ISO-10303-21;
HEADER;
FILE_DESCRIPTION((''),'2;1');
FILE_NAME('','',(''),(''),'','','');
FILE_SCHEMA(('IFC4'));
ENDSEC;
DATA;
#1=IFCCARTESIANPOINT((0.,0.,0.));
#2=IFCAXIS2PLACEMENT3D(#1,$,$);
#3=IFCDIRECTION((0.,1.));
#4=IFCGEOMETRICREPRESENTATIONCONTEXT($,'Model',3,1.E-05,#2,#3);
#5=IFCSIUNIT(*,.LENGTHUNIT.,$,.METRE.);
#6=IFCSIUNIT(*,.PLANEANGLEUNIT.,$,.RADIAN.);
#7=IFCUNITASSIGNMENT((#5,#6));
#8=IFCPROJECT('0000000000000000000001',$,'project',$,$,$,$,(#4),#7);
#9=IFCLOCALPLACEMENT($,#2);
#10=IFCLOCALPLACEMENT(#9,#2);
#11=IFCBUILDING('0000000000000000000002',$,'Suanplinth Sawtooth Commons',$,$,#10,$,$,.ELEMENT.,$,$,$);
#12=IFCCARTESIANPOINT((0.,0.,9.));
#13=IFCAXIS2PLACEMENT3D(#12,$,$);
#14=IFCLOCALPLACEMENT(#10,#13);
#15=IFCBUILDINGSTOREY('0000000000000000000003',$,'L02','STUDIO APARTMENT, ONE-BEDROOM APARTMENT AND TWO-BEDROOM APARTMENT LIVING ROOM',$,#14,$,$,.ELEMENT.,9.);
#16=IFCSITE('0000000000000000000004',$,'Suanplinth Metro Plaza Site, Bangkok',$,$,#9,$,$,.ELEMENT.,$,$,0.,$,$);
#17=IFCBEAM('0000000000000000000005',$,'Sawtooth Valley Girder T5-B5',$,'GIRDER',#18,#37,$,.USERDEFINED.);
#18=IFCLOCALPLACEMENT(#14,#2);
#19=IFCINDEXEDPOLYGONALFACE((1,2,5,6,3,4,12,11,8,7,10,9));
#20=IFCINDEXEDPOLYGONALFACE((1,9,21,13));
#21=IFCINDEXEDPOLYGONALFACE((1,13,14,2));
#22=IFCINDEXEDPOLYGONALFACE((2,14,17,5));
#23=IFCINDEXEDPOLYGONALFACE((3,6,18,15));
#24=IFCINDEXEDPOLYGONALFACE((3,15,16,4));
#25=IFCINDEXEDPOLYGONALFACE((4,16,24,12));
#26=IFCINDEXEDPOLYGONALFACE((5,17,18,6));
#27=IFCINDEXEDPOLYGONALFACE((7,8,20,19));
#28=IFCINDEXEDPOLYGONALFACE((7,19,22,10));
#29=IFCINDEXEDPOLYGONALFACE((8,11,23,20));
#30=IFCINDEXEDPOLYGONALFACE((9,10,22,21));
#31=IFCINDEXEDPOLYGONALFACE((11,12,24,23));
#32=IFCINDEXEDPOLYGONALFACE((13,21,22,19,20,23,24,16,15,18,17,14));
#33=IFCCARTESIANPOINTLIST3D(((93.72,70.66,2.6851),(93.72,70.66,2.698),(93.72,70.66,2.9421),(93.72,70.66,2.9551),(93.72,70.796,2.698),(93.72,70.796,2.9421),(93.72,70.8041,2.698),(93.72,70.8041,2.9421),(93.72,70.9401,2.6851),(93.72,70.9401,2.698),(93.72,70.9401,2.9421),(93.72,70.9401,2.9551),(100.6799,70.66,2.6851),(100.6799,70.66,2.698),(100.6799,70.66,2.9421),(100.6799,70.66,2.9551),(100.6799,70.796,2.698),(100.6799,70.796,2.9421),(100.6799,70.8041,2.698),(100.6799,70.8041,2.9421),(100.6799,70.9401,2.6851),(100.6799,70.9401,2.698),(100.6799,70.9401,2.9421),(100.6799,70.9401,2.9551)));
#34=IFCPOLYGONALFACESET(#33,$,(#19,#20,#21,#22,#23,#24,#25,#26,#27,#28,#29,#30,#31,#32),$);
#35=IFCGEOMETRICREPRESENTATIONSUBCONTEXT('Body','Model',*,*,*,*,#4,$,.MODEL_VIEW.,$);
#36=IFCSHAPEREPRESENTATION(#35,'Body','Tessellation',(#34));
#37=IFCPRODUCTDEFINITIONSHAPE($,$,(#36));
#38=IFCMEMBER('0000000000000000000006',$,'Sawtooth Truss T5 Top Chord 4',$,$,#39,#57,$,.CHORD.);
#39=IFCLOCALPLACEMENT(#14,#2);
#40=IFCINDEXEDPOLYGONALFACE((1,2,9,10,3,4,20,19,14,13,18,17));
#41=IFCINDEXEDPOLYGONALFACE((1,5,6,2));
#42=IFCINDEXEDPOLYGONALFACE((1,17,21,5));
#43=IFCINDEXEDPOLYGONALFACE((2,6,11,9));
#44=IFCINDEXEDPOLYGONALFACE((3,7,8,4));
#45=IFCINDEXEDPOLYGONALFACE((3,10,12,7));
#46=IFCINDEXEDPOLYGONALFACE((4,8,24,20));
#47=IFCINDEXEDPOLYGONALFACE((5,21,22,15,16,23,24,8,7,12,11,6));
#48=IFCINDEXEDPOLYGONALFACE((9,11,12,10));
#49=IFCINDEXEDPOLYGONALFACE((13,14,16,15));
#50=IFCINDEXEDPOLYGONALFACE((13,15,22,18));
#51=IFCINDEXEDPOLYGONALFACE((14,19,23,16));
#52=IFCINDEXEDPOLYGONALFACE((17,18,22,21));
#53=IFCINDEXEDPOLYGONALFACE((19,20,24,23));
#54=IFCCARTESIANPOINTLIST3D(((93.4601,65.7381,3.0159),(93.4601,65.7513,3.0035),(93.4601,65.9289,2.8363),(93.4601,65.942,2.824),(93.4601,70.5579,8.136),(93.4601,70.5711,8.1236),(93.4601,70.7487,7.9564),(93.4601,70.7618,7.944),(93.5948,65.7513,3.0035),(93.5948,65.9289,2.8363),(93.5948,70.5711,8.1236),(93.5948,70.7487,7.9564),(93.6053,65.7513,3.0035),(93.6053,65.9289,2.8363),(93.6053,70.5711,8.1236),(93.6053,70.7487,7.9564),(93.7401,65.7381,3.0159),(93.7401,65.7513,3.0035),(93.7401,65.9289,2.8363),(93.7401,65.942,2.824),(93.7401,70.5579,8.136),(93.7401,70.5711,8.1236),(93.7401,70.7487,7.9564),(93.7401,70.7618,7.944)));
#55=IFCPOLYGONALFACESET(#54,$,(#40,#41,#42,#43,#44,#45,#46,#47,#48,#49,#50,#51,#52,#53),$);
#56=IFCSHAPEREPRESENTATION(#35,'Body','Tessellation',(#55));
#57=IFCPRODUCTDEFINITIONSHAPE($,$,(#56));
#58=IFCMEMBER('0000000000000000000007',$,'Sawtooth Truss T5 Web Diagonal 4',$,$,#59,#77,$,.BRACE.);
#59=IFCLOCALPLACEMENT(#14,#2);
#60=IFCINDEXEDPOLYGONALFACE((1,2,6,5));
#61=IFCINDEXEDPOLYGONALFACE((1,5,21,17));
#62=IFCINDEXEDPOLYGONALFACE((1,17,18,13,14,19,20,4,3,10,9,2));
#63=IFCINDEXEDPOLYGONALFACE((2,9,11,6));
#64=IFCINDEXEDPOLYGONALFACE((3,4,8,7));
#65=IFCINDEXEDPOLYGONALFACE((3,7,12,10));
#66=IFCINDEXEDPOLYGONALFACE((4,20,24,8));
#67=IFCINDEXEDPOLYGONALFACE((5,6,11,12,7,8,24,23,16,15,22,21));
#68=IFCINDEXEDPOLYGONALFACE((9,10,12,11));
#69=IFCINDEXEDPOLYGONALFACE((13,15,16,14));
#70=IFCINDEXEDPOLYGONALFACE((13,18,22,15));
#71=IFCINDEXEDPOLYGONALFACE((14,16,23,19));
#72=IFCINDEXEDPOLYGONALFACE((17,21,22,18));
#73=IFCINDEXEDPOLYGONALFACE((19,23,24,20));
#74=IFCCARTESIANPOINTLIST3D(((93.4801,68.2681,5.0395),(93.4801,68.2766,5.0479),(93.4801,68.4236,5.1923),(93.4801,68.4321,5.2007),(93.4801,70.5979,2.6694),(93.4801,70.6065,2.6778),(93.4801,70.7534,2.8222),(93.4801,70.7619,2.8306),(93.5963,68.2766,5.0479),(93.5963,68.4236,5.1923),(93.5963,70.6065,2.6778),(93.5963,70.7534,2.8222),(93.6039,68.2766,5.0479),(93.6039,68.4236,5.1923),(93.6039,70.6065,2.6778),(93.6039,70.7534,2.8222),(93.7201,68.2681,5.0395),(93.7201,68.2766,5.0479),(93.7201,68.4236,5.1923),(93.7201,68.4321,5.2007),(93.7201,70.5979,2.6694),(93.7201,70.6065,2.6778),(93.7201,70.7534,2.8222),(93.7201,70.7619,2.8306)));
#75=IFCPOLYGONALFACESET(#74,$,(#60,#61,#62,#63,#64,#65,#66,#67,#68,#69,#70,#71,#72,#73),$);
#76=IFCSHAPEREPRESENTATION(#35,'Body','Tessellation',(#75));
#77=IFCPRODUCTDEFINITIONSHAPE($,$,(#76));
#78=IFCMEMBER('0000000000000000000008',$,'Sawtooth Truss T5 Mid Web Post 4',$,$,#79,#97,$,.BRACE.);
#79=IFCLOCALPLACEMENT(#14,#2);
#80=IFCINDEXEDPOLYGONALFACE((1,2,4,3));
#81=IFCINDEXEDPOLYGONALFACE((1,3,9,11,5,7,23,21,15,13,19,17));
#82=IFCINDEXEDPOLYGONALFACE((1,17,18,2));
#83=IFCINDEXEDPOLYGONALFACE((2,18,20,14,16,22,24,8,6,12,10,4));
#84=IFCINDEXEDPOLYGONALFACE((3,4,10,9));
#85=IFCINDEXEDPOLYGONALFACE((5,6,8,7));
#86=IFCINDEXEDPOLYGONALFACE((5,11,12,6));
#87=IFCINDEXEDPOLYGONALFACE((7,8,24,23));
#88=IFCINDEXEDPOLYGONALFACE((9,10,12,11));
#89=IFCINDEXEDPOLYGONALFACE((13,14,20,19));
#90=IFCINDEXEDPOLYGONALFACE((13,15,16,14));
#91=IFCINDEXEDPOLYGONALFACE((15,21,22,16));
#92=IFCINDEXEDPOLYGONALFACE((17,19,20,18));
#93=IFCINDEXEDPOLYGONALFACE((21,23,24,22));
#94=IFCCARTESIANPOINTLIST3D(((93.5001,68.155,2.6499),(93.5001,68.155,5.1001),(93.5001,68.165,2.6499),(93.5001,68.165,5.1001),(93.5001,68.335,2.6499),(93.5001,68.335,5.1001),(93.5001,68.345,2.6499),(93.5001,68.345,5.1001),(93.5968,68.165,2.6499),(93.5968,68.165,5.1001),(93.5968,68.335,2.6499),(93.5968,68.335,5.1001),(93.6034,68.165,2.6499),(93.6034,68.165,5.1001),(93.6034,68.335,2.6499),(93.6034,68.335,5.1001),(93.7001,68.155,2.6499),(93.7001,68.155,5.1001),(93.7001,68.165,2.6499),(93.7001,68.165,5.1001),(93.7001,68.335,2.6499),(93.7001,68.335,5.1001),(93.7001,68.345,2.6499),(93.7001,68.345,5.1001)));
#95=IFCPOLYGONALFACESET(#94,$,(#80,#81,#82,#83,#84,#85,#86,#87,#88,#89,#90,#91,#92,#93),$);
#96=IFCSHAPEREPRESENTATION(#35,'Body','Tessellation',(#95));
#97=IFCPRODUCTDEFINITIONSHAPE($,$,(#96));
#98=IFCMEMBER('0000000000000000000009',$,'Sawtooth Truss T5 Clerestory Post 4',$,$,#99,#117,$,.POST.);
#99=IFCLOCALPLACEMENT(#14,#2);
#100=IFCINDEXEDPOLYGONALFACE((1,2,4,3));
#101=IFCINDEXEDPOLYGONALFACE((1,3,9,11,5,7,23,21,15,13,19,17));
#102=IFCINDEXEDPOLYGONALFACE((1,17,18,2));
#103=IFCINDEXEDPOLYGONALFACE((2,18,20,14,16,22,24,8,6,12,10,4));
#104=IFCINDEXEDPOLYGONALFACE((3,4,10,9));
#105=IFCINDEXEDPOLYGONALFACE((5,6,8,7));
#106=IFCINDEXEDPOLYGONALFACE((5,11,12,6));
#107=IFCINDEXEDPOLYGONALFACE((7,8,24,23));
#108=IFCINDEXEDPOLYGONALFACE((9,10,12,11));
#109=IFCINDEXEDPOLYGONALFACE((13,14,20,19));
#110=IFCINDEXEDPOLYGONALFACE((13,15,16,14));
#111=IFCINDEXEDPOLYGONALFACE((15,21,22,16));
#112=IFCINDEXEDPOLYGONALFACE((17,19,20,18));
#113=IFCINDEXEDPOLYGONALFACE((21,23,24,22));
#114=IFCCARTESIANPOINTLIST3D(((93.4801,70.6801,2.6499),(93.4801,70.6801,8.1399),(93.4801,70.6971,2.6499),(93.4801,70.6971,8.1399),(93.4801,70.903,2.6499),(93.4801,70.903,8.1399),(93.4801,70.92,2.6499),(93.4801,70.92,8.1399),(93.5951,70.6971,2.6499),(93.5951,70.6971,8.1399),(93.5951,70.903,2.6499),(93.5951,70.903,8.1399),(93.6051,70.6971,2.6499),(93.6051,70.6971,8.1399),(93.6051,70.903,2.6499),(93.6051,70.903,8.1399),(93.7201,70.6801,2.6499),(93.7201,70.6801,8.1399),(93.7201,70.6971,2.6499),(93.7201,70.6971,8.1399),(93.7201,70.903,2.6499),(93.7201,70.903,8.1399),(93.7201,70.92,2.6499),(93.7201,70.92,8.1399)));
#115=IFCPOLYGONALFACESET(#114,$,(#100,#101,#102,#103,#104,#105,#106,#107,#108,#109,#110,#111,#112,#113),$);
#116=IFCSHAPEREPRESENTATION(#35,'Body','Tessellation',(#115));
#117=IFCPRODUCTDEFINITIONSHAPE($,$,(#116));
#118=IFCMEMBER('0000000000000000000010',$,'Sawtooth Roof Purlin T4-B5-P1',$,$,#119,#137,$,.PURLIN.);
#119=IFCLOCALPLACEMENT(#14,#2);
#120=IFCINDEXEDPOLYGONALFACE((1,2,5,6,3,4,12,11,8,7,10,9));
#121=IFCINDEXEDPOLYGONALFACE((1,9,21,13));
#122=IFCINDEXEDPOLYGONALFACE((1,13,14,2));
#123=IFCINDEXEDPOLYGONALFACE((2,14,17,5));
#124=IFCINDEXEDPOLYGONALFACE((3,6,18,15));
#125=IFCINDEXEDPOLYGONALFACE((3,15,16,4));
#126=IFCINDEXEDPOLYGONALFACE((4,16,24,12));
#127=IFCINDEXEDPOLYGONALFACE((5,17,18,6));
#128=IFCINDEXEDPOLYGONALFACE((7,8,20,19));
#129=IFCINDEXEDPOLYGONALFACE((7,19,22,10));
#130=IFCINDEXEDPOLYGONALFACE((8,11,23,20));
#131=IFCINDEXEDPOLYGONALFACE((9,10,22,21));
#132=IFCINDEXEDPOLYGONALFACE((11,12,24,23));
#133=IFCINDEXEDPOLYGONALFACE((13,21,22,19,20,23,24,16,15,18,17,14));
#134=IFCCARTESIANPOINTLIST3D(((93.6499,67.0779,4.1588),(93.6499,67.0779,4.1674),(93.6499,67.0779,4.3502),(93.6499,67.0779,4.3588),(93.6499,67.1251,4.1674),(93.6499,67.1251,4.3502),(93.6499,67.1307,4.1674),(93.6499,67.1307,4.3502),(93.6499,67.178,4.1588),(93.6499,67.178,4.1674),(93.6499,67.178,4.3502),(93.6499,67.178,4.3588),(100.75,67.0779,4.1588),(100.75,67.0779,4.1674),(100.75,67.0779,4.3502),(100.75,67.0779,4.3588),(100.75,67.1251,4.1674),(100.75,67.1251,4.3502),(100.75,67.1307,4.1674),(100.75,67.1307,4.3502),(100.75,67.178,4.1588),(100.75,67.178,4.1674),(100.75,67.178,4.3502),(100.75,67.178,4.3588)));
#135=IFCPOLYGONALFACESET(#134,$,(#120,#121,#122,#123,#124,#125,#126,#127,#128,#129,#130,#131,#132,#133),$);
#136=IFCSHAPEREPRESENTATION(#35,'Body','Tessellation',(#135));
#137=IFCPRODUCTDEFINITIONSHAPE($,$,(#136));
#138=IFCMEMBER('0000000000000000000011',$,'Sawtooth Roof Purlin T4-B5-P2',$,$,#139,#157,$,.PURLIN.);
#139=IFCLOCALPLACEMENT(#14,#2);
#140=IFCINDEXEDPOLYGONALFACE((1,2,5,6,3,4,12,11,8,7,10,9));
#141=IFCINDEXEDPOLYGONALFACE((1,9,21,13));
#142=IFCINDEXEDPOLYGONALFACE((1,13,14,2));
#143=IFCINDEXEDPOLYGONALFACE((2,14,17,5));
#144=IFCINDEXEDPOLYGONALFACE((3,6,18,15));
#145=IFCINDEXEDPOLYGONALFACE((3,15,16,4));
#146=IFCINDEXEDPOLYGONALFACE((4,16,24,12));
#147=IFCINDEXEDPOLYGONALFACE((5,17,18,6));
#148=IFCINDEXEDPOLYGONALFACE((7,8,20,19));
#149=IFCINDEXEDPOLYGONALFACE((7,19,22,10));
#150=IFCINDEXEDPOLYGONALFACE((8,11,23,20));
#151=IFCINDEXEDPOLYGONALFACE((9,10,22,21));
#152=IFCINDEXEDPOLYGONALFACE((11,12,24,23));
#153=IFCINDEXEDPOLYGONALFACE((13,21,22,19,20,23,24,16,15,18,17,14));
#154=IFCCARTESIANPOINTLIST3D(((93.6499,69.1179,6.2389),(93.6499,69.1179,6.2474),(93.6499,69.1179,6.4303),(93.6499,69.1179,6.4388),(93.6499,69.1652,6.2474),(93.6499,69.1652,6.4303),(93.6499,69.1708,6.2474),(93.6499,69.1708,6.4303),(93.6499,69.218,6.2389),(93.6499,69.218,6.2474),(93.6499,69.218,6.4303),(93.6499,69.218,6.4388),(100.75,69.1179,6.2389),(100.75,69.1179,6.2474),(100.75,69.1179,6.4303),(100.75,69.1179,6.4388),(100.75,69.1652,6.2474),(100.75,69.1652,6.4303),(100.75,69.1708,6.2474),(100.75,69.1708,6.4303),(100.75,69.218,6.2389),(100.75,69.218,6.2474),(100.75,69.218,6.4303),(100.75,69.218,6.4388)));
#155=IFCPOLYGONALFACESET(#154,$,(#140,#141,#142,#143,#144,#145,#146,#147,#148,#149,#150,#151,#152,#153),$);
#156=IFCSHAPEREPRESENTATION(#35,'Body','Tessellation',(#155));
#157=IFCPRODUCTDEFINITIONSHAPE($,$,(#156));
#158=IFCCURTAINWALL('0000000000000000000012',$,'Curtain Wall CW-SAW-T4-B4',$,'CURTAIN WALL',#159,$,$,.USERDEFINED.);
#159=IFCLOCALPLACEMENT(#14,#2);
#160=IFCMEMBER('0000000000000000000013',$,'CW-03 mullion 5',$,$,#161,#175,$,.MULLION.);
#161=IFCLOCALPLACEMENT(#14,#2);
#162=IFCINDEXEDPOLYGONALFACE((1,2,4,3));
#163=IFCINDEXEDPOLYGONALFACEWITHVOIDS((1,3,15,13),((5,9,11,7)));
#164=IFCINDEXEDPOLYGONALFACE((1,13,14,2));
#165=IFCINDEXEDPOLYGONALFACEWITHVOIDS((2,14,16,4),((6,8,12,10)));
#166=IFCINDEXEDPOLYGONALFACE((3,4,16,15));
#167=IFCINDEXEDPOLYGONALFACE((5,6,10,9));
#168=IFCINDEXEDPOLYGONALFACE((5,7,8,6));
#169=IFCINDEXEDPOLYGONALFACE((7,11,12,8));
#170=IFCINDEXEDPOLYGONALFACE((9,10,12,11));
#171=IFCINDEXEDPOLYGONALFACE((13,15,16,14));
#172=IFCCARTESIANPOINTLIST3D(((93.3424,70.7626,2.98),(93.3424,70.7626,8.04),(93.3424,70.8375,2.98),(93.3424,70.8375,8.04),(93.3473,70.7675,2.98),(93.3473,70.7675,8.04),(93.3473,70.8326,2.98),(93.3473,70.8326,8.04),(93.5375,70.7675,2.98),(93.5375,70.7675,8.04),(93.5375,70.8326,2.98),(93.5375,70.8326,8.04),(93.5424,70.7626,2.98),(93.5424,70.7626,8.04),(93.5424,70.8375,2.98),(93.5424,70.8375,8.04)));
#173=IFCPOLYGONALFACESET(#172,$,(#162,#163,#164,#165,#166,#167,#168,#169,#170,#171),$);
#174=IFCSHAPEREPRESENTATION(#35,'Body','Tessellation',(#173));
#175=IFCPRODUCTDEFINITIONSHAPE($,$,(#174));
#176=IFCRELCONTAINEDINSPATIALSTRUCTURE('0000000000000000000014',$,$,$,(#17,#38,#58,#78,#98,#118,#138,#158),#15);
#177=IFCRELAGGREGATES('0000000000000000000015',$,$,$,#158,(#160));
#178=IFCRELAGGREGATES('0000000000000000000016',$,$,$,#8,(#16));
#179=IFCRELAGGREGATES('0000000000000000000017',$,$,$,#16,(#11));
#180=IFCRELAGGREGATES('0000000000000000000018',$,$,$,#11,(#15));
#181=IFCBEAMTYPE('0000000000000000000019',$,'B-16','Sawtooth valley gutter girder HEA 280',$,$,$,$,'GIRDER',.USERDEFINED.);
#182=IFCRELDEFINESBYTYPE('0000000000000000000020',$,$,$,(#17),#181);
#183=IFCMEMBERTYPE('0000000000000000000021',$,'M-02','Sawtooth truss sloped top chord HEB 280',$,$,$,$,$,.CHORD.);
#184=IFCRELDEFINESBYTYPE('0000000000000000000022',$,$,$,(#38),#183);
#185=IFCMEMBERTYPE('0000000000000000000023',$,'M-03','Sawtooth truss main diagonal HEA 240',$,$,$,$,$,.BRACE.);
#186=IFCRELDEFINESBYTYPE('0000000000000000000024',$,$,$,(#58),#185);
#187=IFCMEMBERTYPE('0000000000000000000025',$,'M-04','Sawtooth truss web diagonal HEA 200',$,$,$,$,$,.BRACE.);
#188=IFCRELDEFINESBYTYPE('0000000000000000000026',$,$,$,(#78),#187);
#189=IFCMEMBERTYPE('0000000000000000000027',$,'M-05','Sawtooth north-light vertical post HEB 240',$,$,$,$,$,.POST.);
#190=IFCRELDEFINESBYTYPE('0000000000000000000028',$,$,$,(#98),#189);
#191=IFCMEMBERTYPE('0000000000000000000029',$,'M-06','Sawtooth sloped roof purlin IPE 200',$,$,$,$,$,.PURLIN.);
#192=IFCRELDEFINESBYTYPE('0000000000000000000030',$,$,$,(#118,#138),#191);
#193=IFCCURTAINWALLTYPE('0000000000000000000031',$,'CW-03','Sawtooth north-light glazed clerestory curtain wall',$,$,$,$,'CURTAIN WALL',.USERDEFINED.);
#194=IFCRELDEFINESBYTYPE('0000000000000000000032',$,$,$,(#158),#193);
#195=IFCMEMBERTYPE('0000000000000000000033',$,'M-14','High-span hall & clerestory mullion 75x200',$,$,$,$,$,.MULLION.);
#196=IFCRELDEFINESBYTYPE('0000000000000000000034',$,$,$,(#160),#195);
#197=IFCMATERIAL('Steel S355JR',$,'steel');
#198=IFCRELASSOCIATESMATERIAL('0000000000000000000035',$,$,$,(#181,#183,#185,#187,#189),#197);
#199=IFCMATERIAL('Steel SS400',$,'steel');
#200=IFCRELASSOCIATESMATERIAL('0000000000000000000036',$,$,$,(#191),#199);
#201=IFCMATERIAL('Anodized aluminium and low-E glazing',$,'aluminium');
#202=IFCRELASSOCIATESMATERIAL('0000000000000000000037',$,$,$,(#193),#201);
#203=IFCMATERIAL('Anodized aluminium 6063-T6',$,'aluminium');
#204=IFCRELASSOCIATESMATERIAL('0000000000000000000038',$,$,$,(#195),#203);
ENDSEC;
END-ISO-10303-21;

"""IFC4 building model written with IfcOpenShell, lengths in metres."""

from ifc_helpers import new_model, si_unit, direction, frame, origin, origin_2d, place, context, subcontext, project, spatial, hollow_rectangle, i_section, extrude, material, material_profile, profile_set, type_object, element, aggregate, save


model = new_model("IFC4")

# Units and contexts
model_context = context("Model", 3, precision=1e-05, world=origin(), true_north=direction((0.0, 1.0)))
body_context = subcontext(model_context, "Body", "Model", "MODEL_VIEW")
ifc_project = project(units=[si_unit("LENGTHUNIT", "METRE"), si_unit("PLANEANGLEUNIT", "RADIAN")], contexts=[model_context])

# Site, building, storey
site_placement = place(None, origin())
site = spatial("IfcSite", under=ifc_project, at=site_placement, Name="Suanplinth Metro Plaza Site, Bangkok", CompositionType="ELEMENT", RefElevation=0.0)
building_placement = place(site_placement, origin())
building = spatial("IfcBuilding", under=site, at=building_placement, Name="Suanplinth Sawtooth Commons", CompositionType="ELEMENT")
storey_placement = place(building_placement, frame((0.0, 0.0, 9.0)))
storey = spatial("IfcBuildingStorey", under=building, at=storey_placement, Name="L02", Description="STUDIO APARTMENT, ONE-BEDROOM APARTMENT AND TWO-BEDROOM APARTMENT LIVING ROOM", CompositionType="ELEMENT", Elevation=9.0)

# Beam
ifc_material_1 = material(Name="Steel S355JR", Category="steel")
ifc_material_profile_1 = material_profile(ifc_material_1, i_section(OverallWidth=0.28, OverallDepth=0.27, WebThickness=0.0081, FlangeThickness=0.0129, at=origin_2d()), Name="HEA 280")
ifc_profile_set_1 = profile_set([ifc_material_profile_1], Name="Steel S355JR")
beam_type = type_object("IfcBeamType", Name="B-16", Description="Sawtooth valley gutter girder HEA 280", ElementType="GIRDER", PredefinedType="USERDEFINED", material=ifc_profile_set_1)
beam_placement = place(storey_placement, frame((93.72, 70.8, 2.8201), z_axis=(1.0, 0.0, 0.0), x_axis=(0.0, 1.0, 0.0)))
element("IfcBeam", 1, at=beam_placement, inside=storey, type_object=beam_type, Name="Sawtooth Valley Girder T5-B5", ObjectType="GIRDER", PredefinedType="USERDEFINED", context=body_context, shape_type="SweptSolid", body=[
    extrude(i_section(OverallWidth=0.28, OverallDepth=0.27, WebThickness=0.0081, FlangeThickness=0.0129, at=origin_2d()), origin(), (0.0, 0.0, 1.0), 6.96),
])

# Members
ifc_material_profile_2 = material_profile(ifc_material_1, i_section(OverallWidth=0.28, OverallDepth=0.28, WebThickness=0.0105, FlangeThickness=0.0181, at=origin_2d()), Name="HEB 280")
ifc_profile_set_2 = profile_set([ifc_material_profile_2], Name="Steel S355JR")
member_type_1 = type_object("IfcMemberType", Name="M-02", Description="Sawtooth truss sloped top chord HEB 280", PredefinedType="CHORD", material=ifc_profile_set_2)
member_1_placement = place(storey_placement, frame((93.6001, 65.8401, 2.9199), z_axis=(0.0, 0.685432, 0.728137), x_axis=(-1.0, 0.0, 0.0)))
element("IfcMember", 2, at=member_1_placement, inside=storey, type_object=member_type_1, Name="Sawtooth Truss T5 Top Chord 4", PredefinedType="CHORD", context=body_context, shape_type="SweptSolid", body=[
    extrude(i_section(OverallWidth=0.28, OverallDepth=0.28, WebThickness=0.0105, FlangeThickness=0.0181, at=origin_2d()), origin(), (0.0, 0.0, 1.0), 7.0317),
])
ifc_material_profile_3 = material_profile(ifc_material_1, i_section(OverallWidth=0.24, OverallDepth=0.23, WebThickness=0.0076, FlangeThickness=0.012, at=origin_2d()), Name="HEA 240")
ifc_profile_set_3 = profile_set([ifc_material_profile_3], Name="Steel S355JR")
member_type_2 = type_object("IfcMemberType", Name="M-03", Description="Sawtooth truss main diagonal HEA 240", PredefinedType="BRACE", material=ifc_profile_set_3)
member_2_placement = place(storey_placement, frame((93.6001, 68.3501, 5.1201), z_axis=(0.0, 0.70102, -0.713141), x_axis=(-1.0, 0.0, 0.0)))
element("IfcMember", 3, at=member_2_placement, inside=storey, type_object=member_type_2, Name="Sawtooth Truss T5 Web Diagonal 4", PredefinedType="BRACE", context=body_context, shape_type="SweptSolid", body=[
    extrude(i_section(OverallWidth=0.24, OverallDepth=0.23, WebThickness=0.0076, FlangeThickness=0.012, at=origin_2d()), origin(), (0.0, 0.0, 1.0), 3.3235),
])
ifc_material_profile_4 = material_profile(ifc_material_1, i_section(OverallWidth=0.2, OverallDepth=0.1899, WebThickness=0.0066, FlangeThickness=0.01, at=origin_2d()), Name="HEA 200")
ifc_profile_set_4 = profile_set([ifc_material_profile_4], Name="Steel S355JR")
member_type_3 = type_object("IfcMemberType", Name="M-04", Description="Sawtooth truss web diagonal HEA 200", PredefinedType="BRACE", material=ifc_profile_set_4)
member_3_placement = place(storey_placement, frame((93.6001, 68.25, 2.6499), z_axis=(0.0, 0.0, 1.0), x_axis=(1.0, 0.0, 0.0)))
element("IfcMember", 4, at=member_3_placement, inside=storey, type_object=member_type_3, Name="Sawtooth Truss T5 Mid Web Post 4", PredefinedType="BRACE", context=body_context, shape_type="SweptSolid", body=[
    extrude(i_section(OverallWidth=0.2, OverallDepth=0.1899, WebThickness=0.0066, FlangeThickness=0.01, at=origin_2d()), origin(), (0.0, 0.0, 1.0), 2.4502),
])
ifc_material_profile_5 = material_profile(ifc_material_1, i_section(OverallWidth=0.24, OverallDepth=0.24, WebThickness=0.01, FlangeThickness=0.0171, at=origin_2d()), Name="HEB 240")
ifc_profile_set_5 = profile_set([ifc_material_profile_5], Name="Steel S355JR")
member_type_4 = type_object("IfcMemberType", Name="M-05", Description="Sawtooth north-light vertical post HEB 240", PredefinedType="POST", material=ifc_profile_set_5)
member_4_placement = place(storey_placement, frame((93.6001, 70.8, 2.6499), z_axis=(0.0, 0.0, 1.0), x_axis=(1.0, 0.0, 0.0)))
element("IfcMember", 5, at=member_4_placement, inside=storey, type_object=member_type_4, Name="Sawtooth Truss T5 Clerestory Post 4", PredefinedType="POST", context=body_context, shape_type="SweptSolid", body=[
    extrude(i_section(OverallWidth=0.24, OverallDepth=0.24, WebThickness=0.01, FlangeThickness=0.0171, at=origin_2d()), origin(), (0.0, 0.0, 1.0), 5.49),
])
ifc_material_2 = material(Name="Steel SS400", Category="steel")
ifc_material_profile_6 = material_profile(ifc_material_2, i_section(OverallWidth=0.1001, OverallDepth=0.2, WebThickness=0.0056, FlangeThickness=0.0085, at=origin_2d()), Name="IPE 200")
ifc_profile_set_6 = profile_set([ifc_material_profile_6], Name="Steel SS400")
member_type_5 = type_object("IfcMemberType", Name="M-06", Description="Sawtooth sloped roof purlin IPE 200", PredefinedType="PURLIN", material=ifc_profile_set_6)
for number, where, z_axis, x_axis, name in (
    (6, (93.6499, 67.1279, 4.2588), (1.0, 0.0, 0.0), (0.0, 1.0, 0.0), "Sawtooth Roof Purlin T4-B5-P1"),
    (7, (93.6499, 69.168, 6.3389), (1.0, 0.0, 0.0), (0.0, 1.0, 0.0), "Sawtooth Roof Purlin T4-B5-P2"),
):
    element("IfcMember", number, at=place(storey_placement, frame(where, z_axis=z_axis, x_axis=x_axis)), inside=storey, type_object=member_type_5, Name=name, PredefinedType="PURLIN", context=body_context, shape_type="SweptSolid", body=[
        extrude(i_section(OverallWidth=0.1001, OverallDepth=0.2, WebThickness=0.0056, FlangeThickness=0.0085, at=origin_2d()), origin(), (0.0, 0.0, 1.0), 7.1001),
    ])

# Curtain wall, member
ifc_material_3 = material(Name="Anodized aluminium and low-E glazing", Category="aluminium")
curtain_wall_type = type_object("IfcCurtainWallType", Name="CW-03", Description="Sawtooth north-light glazed clerestory curtain wall", ElementType="CURTAIN WALL", PredefinedType="USERDEFINED", material=ifc_material_3)
curtain_wall_1_placement = place(storey_placement, origin())
curtain_wall_1 = element("IfcCurtainWall", 8, at=curtain_wall_1_placement, inside=storey, type_object=curtain_wall_type, Name="Curtain Wall CW-SAW-T4-B4", ObjectType="CURTAIN WALL", PredefinedType="USERDEFINED")
ifc_material_4 = material(Name="Anodized aluminium 6063-T6", Category="aluminium")
ifc_material_profile_7 = material_profile(ifc_material_4, hollow_rectangle(XDim=0.075, YDim=0.2, WallThickness=0.0049, at=origin_2d()), Name="ALU-MUL 75x200")
ifc_profile_set_7 = profile_set([ifc_material_profile_7], Name="Anodized aluminium 6063-T6")
member_type_6 = type_object("IfcMemberType", Name="M-14", Description="High-span hall & clerestory mullion 75x200", PredefinedType="MULLION", material=ifc_profile_set_7)
member_5_placement = place(storey_placement, frame((93.4424, 70.8, 2.98), z_axis=(0.0, 0.0, 1.0), x_axis=(0.0, 1.0, 0.0)))
member_5 = element("IfcMember", 9, at=member_5_placement, type_object=member_type_6, Name="CW-03 mullion 5", PredefinedType="MULLION", context=body_context, shape_type="SweptSolid", body=[
    extrude(hollow_rectangle(XDim=0.075, YDim=0.2, WallThickness=0.0049, at=origin_2d()), origin(), (0.0, 0.0, 1.0), 5.0601),
])

aggregate(curtain_wall_1, [member_5])

save(model, "model.ifc")
